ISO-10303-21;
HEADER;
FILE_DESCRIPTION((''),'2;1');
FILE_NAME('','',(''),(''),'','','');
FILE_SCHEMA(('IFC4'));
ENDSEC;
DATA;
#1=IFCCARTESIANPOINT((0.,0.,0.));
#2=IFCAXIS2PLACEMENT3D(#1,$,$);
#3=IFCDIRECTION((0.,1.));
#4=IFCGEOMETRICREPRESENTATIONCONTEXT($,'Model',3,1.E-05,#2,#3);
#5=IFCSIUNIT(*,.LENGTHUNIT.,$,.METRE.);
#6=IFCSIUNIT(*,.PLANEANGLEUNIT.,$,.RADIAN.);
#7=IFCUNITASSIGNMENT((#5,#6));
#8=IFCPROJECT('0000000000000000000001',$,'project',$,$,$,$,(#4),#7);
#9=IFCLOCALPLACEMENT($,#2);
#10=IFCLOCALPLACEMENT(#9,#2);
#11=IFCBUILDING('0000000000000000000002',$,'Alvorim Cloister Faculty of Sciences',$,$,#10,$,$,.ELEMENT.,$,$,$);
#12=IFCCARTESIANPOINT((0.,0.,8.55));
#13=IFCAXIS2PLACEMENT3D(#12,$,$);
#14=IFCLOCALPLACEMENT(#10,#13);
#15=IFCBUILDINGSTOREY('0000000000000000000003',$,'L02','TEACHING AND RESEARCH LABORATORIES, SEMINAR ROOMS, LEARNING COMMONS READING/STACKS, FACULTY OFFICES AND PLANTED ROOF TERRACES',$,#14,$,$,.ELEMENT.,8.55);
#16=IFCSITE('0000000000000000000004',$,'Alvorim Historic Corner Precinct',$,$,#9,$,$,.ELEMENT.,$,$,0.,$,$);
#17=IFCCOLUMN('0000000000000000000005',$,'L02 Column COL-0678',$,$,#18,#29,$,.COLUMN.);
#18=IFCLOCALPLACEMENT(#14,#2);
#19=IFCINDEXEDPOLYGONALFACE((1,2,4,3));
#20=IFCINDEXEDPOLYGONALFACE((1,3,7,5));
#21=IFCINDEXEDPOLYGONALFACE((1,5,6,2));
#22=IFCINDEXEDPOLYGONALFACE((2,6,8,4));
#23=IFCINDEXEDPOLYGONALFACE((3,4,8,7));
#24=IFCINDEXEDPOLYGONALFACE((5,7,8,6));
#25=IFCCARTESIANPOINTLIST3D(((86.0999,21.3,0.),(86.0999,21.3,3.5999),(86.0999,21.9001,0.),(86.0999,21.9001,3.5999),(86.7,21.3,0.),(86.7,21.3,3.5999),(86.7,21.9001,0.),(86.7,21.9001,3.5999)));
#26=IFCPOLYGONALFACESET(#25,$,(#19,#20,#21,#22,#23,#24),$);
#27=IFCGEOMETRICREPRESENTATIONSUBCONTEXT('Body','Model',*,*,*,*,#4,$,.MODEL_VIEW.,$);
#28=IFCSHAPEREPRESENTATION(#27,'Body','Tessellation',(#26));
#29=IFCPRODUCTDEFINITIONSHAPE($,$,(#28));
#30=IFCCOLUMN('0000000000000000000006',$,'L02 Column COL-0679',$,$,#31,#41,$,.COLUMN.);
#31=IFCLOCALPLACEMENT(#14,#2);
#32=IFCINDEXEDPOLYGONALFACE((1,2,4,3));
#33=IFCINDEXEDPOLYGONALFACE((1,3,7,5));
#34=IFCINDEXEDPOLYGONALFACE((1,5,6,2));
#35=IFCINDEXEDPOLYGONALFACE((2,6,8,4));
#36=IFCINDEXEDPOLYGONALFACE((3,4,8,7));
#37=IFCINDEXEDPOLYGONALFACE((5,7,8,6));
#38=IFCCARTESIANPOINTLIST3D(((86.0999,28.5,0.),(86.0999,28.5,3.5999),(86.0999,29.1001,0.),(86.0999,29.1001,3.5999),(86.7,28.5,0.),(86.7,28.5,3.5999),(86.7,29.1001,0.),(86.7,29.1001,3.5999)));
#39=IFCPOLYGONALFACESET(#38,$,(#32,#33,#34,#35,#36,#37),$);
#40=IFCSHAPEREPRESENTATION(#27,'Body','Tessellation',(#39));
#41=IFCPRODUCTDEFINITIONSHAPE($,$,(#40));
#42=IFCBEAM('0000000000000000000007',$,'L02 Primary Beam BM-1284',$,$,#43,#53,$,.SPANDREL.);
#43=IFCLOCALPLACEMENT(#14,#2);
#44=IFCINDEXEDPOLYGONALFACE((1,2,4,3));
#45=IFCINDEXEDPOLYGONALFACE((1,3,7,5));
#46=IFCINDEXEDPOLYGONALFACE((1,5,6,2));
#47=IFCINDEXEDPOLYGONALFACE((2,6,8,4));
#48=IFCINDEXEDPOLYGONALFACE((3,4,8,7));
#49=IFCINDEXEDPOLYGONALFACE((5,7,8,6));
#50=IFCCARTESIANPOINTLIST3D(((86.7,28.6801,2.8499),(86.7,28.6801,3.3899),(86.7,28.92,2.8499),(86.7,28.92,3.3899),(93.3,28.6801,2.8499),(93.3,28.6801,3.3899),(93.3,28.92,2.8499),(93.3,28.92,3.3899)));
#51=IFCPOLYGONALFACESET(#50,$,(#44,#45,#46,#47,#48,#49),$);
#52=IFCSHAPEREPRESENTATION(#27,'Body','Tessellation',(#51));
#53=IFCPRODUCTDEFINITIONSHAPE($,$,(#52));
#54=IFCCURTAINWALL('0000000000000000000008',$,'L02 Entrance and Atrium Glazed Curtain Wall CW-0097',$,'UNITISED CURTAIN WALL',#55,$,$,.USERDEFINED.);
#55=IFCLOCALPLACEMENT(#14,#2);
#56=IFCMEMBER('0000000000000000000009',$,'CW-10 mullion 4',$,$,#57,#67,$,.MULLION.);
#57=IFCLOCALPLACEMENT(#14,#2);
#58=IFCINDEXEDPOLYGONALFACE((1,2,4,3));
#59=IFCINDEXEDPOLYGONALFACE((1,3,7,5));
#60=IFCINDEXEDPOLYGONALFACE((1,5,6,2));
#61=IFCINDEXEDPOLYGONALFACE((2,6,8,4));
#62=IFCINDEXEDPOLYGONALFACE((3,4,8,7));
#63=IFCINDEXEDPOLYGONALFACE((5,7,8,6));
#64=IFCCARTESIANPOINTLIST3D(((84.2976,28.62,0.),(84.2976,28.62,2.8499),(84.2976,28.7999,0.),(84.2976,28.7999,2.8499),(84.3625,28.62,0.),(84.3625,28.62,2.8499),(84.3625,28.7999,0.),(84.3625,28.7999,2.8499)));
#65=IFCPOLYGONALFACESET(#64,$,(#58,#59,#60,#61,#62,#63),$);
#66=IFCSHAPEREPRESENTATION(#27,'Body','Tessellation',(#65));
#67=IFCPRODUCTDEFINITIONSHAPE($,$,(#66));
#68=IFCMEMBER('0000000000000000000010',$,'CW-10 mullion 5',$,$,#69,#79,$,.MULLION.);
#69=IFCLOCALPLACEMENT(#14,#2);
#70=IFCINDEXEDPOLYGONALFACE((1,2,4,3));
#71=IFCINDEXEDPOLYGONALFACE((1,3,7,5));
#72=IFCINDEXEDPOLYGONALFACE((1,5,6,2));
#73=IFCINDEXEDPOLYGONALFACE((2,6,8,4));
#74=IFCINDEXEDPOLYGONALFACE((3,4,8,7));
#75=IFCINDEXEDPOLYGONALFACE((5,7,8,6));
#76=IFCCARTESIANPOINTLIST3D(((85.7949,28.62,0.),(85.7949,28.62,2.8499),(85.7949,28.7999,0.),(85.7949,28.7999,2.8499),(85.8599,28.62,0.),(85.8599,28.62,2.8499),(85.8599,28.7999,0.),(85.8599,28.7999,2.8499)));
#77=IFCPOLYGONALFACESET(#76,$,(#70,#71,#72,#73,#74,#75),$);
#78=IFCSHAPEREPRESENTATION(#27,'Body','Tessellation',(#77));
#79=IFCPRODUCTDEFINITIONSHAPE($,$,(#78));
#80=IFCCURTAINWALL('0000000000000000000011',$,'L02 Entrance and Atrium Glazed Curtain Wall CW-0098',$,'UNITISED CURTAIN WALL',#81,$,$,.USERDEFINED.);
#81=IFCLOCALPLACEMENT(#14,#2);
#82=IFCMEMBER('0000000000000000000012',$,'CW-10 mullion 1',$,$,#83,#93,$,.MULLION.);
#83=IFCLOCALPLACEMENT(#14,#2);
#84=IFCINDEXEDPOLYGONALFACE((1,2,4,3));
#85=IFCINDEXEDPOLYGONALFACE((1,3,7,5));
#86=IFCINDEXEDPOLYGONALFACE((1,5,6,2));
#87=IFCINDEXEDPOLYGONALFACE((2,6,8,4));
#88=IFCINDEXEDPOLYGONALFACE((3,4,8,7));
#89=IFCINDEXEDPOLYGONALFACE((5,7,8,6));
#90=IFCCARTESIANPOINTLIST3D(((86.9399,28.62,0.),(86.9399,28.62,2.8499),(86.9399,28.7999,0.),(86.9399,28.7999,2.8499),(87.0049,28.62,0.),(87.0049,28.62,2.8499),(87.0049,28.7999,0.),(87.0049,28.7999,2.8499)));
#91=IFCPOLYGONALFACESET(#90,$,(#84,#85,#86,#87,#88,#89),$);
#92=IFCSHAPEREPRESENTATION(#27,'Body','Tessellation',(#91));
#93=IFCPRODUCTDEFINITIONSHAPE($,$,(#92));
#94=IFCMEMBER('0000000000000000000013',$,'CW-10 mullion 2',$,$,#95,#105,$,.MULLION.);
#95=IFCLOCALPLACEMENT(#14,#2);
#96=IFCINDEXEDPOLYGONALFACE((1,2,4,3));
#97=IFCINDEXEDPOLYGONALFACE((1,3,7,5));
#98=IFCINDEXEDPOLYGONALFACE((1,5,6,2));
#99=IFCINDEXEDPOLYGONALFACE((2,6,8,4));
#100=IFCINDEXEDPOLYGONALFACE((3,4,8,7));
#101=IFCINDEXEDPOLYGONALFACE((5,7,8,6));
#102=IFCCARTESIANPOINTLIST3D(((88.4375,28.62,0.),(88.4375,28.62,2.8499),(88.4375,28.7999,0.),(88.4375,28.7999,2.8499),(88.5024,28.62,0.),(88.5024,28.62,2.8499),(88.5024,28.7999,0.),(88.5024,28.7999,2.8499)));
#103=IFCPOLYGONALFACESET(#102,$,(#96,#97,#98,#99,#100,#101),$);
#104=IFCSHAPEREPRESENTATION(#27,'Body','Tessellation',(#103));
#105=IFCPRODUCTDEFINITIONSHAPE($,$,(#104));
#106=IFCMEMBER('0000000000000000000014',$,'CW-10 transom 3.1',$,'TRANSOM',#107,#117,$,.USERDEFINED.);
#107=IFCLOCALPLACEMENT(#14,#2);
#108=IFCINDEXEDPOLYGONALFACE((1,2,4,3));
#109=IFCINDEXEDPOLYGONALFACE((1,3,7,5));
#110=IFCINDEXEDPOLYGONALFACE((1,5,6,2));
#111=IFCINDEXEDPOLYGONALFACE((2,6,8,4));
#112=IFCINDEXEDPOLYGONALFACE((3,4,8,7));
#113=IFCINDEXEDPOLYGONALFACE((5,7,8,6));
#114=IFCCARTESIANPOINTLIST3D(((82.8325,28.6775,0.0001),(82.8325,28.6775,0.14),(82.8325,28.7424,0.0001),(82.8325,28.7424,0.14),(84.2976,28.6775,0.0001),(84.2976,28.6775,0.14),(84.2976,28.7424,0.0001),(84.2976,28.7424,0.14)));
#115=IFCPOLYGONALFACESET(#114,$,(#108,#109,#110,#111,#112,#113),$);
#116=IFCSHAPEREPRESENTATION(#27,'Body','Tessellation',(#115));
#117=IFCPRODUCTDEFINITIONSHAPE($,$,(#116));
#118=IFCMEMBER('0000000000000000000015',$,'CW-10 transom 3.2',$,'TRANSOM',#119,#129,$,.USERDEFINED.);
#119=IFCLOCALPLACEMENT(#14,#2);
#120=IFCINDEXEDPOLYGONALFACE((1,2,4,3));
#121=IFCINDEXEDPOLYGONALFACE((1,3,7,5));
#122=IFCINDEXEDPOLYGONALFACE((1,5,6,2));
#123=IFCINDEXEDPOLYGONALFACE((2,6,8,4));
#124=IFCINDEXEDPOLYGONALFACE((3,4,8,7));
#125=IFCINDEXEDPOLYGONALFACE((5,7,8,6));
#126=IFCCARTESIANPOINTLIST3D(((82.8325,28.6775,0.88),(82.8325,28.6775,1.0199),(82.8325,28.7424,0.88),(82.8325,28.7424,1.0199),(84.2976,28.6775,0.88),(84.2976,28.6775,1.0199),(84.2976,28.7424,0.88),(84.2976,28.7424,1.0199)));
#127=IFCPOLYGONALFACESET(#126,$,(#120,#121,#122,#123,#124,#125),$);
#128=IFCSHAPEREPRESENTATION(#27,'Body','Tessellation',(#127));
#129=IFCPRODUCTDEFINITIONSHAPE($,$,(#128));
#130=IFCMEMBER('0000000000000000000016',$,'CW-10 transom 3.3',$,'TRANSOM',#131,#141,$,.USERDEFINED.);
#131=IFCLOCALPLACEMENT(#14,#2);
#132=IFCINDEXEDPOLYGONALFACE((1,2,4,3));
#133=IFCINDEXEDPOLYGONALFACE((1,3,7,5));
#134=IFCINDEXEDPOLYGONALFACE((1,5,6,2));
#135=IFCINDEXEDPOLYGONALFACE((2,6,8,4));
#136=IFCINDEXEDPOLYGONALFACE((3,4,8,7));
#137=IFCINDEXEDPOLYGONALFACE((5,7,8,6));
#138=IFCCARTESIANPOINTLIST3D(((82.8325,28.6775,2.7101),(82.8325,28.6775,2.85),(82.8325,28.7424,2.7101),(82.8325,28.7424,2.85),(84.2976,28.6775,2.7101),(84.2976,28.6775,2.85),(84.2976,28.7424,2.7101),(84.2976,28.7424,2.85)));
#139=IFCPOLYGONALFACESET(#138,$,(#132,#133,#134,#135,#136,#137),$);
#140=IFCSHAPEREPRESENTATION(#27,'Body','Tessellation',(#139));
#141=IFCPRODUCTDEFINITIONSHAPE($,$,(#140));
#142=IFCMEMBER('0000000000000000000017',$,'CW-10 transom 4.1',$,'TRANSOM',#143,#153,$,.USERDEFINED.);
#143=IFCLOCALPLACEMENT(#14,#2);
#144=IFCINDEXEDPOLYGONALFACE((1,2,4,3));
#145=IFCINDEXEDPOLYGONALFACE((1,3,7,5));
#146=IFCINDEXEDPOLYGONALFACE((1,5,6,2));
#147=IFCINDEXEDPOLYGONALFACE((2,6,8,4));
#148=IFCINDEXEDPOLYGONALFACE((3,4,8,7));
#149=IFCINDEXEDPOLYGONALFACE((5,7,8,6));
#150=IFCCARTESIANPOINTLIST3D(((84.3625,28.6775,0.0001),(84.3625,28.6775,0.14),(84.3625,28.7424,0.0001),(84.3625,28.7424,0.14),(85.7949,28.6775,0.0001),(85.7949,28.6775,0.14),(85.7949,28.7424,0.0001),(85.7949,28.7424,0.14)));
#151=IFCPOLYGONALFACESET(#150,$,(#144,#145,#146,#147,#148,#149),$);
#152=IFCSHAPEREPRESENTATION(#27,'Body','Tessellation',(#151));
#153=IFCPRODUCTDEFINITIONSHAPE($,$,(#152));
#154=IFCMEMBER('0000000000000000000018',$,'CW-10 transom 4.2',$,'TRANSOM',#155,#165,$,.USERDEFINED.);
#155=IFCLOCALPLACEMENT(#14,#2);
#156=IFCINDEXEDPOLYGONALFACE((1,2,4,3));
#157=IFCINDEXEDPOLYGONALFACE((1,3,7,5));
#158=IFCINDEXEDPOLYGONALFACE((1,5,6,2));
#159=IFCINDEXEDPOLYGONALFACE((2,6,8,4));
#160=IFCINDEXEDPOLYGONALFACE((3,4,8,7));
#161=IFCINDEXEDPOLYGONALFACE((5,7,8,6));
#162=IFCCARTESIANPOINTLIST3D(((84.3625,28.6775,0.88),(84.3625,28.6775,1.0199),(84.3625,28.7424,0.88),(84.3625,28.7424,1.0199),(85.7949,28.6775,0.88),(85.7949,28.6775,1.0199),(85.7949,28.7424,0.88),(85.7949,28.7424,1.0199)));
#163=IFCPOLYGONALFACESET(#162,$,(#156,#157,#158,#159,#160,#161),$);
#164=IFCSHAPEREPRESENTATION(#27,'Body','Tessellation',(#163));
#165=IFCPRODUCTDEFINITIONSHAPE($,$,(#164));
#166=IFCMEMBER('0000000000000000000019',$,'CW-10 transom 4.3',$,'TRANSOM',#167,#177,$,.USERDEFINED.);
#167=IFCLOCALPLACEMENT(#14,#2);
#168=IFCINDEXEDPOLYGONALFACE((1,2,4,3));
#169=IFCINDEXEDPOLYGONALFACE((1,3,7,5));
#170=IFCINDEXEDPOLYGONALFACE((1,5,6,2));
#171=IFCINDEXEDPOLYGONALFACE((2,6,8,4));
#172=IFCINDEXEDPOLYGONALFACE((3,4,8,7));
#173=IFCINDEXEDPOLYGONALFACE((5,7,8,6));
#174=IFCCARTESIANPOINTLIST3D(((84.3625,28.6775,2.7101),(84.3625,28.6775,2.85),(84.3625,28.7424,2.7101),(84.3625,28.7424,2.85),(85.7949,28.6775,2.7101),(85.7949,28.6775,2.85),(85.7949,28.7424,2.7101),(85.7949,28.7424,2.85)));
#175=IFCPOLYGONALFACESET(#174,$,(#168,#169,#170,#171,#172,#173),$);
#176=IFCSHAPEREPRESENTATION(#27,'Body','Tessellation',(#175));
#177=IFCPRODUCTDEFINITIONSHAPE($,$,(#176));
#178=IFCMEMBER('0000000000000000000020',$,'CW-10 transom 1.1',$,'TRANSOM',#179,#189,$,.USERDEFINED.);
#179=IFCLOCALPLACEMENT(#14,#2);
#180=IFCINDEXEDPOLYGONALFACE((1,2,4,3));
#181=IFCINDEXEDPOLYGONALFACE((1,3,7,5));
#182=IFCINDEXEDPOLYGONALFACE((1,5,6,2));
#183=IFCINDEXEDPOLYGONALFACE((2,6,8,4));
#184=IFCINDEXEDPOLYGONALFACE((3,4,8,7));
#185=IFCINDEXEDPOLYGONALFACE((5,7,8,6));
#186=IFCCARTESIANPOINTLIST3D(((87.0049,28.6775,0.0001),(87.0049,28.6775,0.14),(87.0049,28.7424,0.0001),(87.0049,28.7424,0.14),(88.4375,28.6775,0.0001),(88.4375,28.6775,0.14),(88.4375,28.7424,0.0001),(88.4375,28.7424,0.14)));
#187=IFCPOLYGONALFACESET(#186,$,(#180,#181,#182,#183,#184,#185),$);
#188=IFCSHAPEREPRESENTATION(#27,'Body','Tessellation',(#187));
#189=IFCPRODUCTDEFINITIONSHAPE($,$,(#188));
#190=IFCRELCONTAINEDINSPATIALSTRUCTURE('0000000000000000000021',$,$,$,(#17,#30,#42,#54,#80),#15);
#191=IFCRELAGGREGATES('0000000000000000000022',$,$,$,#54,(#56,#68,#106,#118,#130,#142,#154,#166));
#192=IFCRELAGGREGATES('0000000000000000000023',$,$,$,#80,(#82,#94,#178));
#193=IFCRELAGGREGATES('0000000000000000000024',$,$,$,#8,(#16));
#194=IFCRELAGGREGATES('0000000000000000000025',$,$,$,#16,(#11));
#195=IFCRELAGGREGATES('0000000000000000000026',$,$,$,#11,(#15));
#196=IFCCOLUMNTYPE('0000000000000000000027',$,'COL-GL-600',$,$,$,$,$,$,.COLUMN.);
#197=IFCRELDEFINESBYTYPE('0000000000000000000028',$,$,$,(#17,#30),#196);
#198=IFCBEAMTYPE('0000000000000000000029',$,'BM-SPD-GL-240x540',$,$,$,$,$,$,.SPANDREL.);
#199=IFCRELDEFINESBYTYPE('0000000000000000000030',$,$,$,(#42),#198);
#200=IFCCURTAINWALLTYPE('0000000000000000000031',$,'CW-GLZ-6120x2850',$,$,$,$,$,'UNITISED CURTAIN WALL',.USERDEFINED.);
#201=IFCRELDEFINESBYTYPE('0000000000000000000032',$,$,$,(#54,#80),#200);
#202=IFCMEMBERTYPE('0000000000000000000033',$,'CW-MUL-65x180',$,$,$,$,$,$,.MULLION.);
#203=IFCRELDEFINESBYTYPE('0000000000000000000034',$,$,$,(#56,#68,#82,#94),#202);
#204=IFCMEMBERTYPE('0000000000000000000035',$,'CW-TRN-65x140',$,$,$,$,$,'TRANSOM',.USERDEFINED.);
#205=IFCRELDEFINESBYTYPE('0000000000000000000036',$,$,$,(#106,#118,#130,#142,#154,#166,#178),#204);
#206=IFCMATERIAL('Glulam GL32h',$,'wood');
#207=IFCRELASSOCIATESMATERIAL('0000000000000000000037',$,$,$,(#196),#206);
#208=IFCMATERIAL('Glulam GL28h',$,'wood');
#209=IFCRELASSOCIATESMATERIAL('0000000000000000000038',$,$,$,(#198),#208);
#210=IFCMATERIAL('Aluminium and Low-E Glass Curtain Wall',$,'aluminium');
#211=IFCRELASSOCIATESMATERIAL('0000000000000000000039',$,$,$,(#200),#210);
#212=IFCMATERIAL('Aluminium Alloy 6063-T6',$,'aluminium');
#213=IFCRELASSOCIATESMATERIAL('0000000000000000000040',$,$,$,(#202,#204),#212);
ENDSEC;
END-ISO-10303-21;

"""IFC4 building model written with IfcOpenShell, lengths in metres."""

from ifc_helpers import new_model, si_unit, direction, frame, origin, origin_2d, place, context, subcontext, project, spatial, rectangle, extrude, material, material_profile, profile_set, type_object, element, aggregate, save


model = new_model("IFC4")

# Units and contexts
model_context = context("Model", 3, precision=1e-05, world=origin(), true_north=direction((0.0, 1.0)))
body_context = subcontext(model_context, "Body", "Model", "MODEL_VIEW")
ifc_project = project(units=[si_unit("LENGTHUNIT", "METRE"), si_unit("PLANEANGLEUNIT", "RADIAN")], contexts=[model_context])

# Site, building, storey
site_placement = place(None, origin())
site = spatial("IfcSite", under=ifc_project, at=site_placement, Name="Alvorim Historic Corner Precinct", CompositionType="ELEMENT", RefElevation=0.0)
building_placement = place(site_placement, origin())
building = spatial("IfcBuilding", under=site, at=building_placement, Name="Alvorim Cloister Faculty of Sciences", CompositionType="ELEMENT")
storey_placement = place(building_placement, frame((0.0, 0.0, 8.55)))
storey = spatial("IfcBuildingStorey", under=building, at=storey_placement, Name="L02", Description="TEACHING AND RESEARCH LABORATORIES, SEMINAR ROOMS, LEARNING COMMONS READING/STACKS, FACULTY OFFICES AND PLANTED ROOF TERRACES", CompositionType="ELEMENT", Elevation=8.55)

# Columns
ifc_material_1 = material(Name="Glulam GL32h", Category="wood")
ifc_material_profile_1 = material_profile(ifc_material_1, rectangle(XDim=0.6001, YDim=0.6001, at=origin_2d()), Name="GL32-COL-600x600")
ifc_profile_set_1 = profile_set([ifc_material_profile_1], Name="Glulam GL32h")
column_type = type_object("IfcColumnType", Name="COL-GL-600", PredefinedType="COLUMN", material=ifc_profile_set_1)
for number, where, z_axis, x_axis, name in (
    (1, (86.3999, 21.6001, 0.0), (0.0, 0.0, 1.0), (1.0, 0.0, 0.0), "L02 Column COL-0678"),
    (2, (86.3999, 28.8, 0.0), (0.0, 0.0, 1.0), (1.0, 0.0, 0.0), "L02 Column COL-0679"),
):
    element("IfcColumn", number, at=place(storey_placement, frame(where, z_axis=z_axis, x_axis=x_axis)), inside=storey, type_object=column_type, Name=name, PredefinedType="COLUMN", context=body_context, shape_type="SweptSolid", body=[
        extrude(rectangle(XDim=0.6001, YDim=0.6001, at=origin_2d()), origin(), (0.0, 0.0, 1.0), 3.5999),
    ])

# Beam
ifc_material_2 = material(Name="Glulam GL28h", Category="wood")
ifc_material_profile_2 = material_profile(ifc_material_2, rectangle(XDim=0.24, YDim=0.54, at=origin_2d()), Name="GL28-SPD-240x540")
ifc_profile_set_2 = profile_set([ifc_material_profile_2], Name="Glulam GL28h")
beam_type = type_object("IfcBeamType", Name="BM-SPD-GL-240x540", PredefinedType="SPANDREL", material=ifc_profile_set_2)
beam_placement = place(storey_placement, frame((86.7, 28.8, 3.1199), z_axis=(1.0, 0.0, 0.0), x_axis=(0.0, 1.0, 0.0)))
element("IfcBeam", 3, at=beam_placement, inside=storey, type_object=beam_type, Name="L02 Primary Beam BM-1284", PredefinedType="SPANDREL", context=body_context, shape_type="SweptSolid", body=[
    extrude(rectangle(XDim=0.24, YDim=0.54, at=origin_2d()), origin(), (0.0, 0.0, 1.0), 6.6001),
])

# Curtain walls, members
ifc_material_3 = material(Name="Aluminium and Low-E Glass Curtain Wall", Category="aluminium")
curtain_wall_type = type_object("IfcCurtainWallType", Name="CW-GLZ-6120x2850", ElementType="UNITISED CURTAIN WALL", PredefinedType="USERDEFINED", material=ifc_material_3)
curtain_wall_1_placement = place(storey_placement, origin())
curtain_wall_1 = element("IfcCurtainWall", 4, at=curtain_wall_1_placement, inside=storey, type_object=curtain_wall_type, Name="L02 Entrance and Atrium Glazed Curtain Wall CW-0097", ObjectType="UNITISED CURTAIN WALL", PredefinedType="USERDEFINED")
ifc_material_4 = material(Name="Aluminium Alloy 6063-T6", Category="aluminium")
ifc_material_profile_3 = material_profile(ifc_material_4, rectangle(XDim=0.0649, YDim=0.1799, at=origin_2d()), Name="ALU-MUL-65x180")
ifc_profile_set_3 = profile_set([ifc_material_profile_3], Name="Aluminium Alloy 6063-T6")
member_type_1 = type_object("IfcMemberType", Name="CW-MUL-65x180", PredefinedType="MULLION", material=ifc_profile_set_3)
member_1_placement = place(storey_placement, frame((84.3301, 28.71, 0.0), z_axis=(0.0, 0.0, 1.0), x_axis=(1.0, 0.0, 0.0)))
member_1 = element("IfcMember", 5, at=member_1_placement, type_object=member_type_1, Name="CW-10 mullion 4", PredefinedType="MULLION", context=body_context, shape_type="SweptSolid", body=[
    extrude(rectangle(XDim=0.0649, YDim=0.1799, at=origin_2d()), origin(), (0.0, 0.0, 1.0), 2.8499),
])
member_2_placement = place(storey_placement, frame((85.8274, 28.71, 0.0), z_axis=(0.0, 0.0, 1.0), x_axis=(1.0, 0.0, 0.0)))
member_2 = element("IfcMember", 6, at=member_2_placement, type_object=member_type_1, Name="CW-10 mullion 5", PredefinedType="MULLION", context=body_context, shape_type="SweptSolid", body=[
    extrude(rectangle(XDim=0.0649, YDim=0.1799, at=origin_2d()), origin(), (0.0, 0.0, 1.0), 2.8499),
])
curtain_wall_2_placement = place(storey_placement, origin())
curtain_wall_2 = element("IfcCurtainWall", 7, at=curtain_wall_2_placement, inside=storey, type_object=curtain_wall_type, Name="L02 Entrance and Atrium Glazed Curtain Wall CW-0098", ObjectType="UNITISED CURTAIN WALL", PredefinedType="USERDEFINED")
member_3_placement = place(storey_placement, frame((86.9724, 28.71, 0.0), z_axis=(0.0, 0.0, 1.0), x_axis=(1.0, 0.0, 0.0)))
member_3 = element("IfcMember", 8, at=member_3_placement, type_object=member_type_1, Name="CW-10 mullion 1", PredefinedType="MULLION", context=body_context, shape_type="SweptSolid", body=[
    extrude(rectangle(XDim=0.0649, YDim=0.1799, at=origin_2d()), origin(), (0.0, 0.0, 1.0), 2.8499),
])
member_4_placement = place(storey_placement, frame((88.47, 28.71, 0.0), z_axis=(0.0, 0.0, 1.0), x_axis=(1.0, 0.0, 0.0)))
member_4 = element("IfcMember", 9, at=member_4_placement, type_object=member_type_1, Name="CW-10 mullion 2", PredefinedType="MULLION", context=body_context, shape_type="SweptSolid", body=[
    extrude(rectangle(XDim=0.0649, YDim=0.1799, at=origin_2d()), origin(), (0.0, 0.0, 1.0), 2.8499),
])

# Members
ifc_material_profile_4 = material_profile(ifc_material_4, rectangle(XDim=0.0649, YDim=0.1399, at=origin_2d()), Name="ALU-TRN-65x140")
ifc_profile_set_4 = profile_set([ifc_material_profile_4], Name="Aluminium Alloy 6063-T6")
member_type_2 = type_object("IfcMemberType", Name="CW-TRN-65x140", ElementType="TRANSOM", PredefinedType="USERDEFINED", material=ifc_profile_set_4)
member_5_placement = place(storey_placement, frame((82.8325, 28.71, 0.0701), z_axis=(1.0, 0.0, 0.0), x_axis=(0.0, 1.0, 0.0)))
member_5 = element("IfcMember", 10, at=member_5_placement, type_object=member_type_2, Name="CW-10 transom 3.1", ObjectType="TRANSOM", PredefinedType="USERDEFINED", context=body_context, shape_type="SweptSolid", body=[
    extrude(rectangle(XDim=0.0649, YDim=0.1399, at=origin_2d()), origin(), (0.0, 0.0, 1.0), 1.4651),
])
member_6_placement = place(storey_placement, frame((82.8325, 28.71, 0.95), z_axis=(1.0, 0.0, 0.0), x_axis=(0.0, 1.0, 0.0)))
member_6 = element("IfcMember", 11, at=member_6_placement, type_object=member_type_2, Name="CW-10 transom 3.2", ObjectType="TRANSOM", PredefinedType="USERDEFINED", context=body_context, shape_type="SweptSolid", body=[
    extrude(rectangle(XDim=0.0649, YDim=0.1399, at=origin_2d()), origin(), (0.0, 0.0, 1.0), 1.4651),
])
member_7_placement = place(storey_placement, frame((82.8325, 28.71, 2.78), z_axis=(1.0, 0.0, 0.0), x_axis=(0.0, 1.0, 0.0)))
member_7 = element("IfcMember", 12, at=member_7_placement, type_object=member_type_2, Name="CW-10 transom 3.3", ObjectType="TRANSOM", PredefinedType="USERDEFINED", context=body_context, shape_type="SweptSolid", body=[
    extrude(rectangle(XDim=0.0649, YDim=0.1399, at=origin_2d()), origin(), (0.0, 0.0, 1.0), 1.4651),
])
member_8_placement = place(storey_placement, frame((84.3625, 28.71, 0.0701), z_axis=(1.0, 0.0, 0.0), x_axis=(0.0, 1.0, 0.0)))
member_8 = element("IfcMember", 13, at=member_8_placement, type_object=member_type_2, Name="CW-10 transom 4.1", ObjectType="TRANSOM", PredefinedType="USERDEFINED", context=body_context, shape_type="SweptSolid", body=[
    extrude(rectangle(XDim=0.0649, YDim=0.1399, at=origin_2d()), origin(), (0.0, 0.0, 1.0), 1.4324),
])
member_9_placement = place(storey_placement, frame((84.3625, 28.71, 0.95), z_axis=(1.0, 0.0, 0.0), x_axis=(0.0, 1.0, 0.0)))
member_9 = element("IfcMember", 14, at=member_9_placement, type_object=member_type_2, Name="CW-10 transom 4.2", ObjectType="TRANSOM", PredefinedType="USERDEFINED", context=body_context, shape_type="SweptSolid", body=[
    extrude(rectangle(XDim=0.0649, YDim=0.1399, at=origin_2d()), origin(), (0.0, 0.0, 1.0), 1.4324),
])
member_10_placement = place(storey_placement, frame((84.3625, 28.71, 2.78), z_axis=(1.0, 0.0, 0.0), x_axis=(0.0, 1.0, 0.0)))
member_10 = element("IfcMember", 15, at=member_10_placement, type_object=member_type_2, Name="CW-10 transom 4.3", ObjectType="TRANSOM", PredefinedType="USERDEFINED", context=body_context, shape_type="SweptSolid", body=[
    extrude(rectangle(XDim=0.0649, YDim=0.1399, at=origin_2d()), origin(), (0.0, 0.0, 1.0), 1.4324),
])
member_11_placement = place(storey_placement, frame((87.0049, 28.71, 0.0701), z_axis=(1.0, 0.0, 0.0), x_axis=(0.0, 1.0, 0.0)))
member_11 = element("IfcMember", 16, at=member_11_placement, type_object=member_type_2, Name="CW-10 transom 1.1", ObjectType="TRANSOM", PredefinedType="USERDEFINED", context=body_context, shape_type="SweptSolid", body=[
    extrude(rectangle(XDim=0.0649, YDim=0.1399, at=origin_2d()), origin(), (0.0, 0.0, 1.0), 1.4326),
])

aggregate(curtain_wall_1, [member_1, member_2, member_5, member_6, member_7, member_8, member_9, member_10])
aggregate(curtain_wall_2, [member_3, member_4, member_11])

save(model, "model.ifc")
